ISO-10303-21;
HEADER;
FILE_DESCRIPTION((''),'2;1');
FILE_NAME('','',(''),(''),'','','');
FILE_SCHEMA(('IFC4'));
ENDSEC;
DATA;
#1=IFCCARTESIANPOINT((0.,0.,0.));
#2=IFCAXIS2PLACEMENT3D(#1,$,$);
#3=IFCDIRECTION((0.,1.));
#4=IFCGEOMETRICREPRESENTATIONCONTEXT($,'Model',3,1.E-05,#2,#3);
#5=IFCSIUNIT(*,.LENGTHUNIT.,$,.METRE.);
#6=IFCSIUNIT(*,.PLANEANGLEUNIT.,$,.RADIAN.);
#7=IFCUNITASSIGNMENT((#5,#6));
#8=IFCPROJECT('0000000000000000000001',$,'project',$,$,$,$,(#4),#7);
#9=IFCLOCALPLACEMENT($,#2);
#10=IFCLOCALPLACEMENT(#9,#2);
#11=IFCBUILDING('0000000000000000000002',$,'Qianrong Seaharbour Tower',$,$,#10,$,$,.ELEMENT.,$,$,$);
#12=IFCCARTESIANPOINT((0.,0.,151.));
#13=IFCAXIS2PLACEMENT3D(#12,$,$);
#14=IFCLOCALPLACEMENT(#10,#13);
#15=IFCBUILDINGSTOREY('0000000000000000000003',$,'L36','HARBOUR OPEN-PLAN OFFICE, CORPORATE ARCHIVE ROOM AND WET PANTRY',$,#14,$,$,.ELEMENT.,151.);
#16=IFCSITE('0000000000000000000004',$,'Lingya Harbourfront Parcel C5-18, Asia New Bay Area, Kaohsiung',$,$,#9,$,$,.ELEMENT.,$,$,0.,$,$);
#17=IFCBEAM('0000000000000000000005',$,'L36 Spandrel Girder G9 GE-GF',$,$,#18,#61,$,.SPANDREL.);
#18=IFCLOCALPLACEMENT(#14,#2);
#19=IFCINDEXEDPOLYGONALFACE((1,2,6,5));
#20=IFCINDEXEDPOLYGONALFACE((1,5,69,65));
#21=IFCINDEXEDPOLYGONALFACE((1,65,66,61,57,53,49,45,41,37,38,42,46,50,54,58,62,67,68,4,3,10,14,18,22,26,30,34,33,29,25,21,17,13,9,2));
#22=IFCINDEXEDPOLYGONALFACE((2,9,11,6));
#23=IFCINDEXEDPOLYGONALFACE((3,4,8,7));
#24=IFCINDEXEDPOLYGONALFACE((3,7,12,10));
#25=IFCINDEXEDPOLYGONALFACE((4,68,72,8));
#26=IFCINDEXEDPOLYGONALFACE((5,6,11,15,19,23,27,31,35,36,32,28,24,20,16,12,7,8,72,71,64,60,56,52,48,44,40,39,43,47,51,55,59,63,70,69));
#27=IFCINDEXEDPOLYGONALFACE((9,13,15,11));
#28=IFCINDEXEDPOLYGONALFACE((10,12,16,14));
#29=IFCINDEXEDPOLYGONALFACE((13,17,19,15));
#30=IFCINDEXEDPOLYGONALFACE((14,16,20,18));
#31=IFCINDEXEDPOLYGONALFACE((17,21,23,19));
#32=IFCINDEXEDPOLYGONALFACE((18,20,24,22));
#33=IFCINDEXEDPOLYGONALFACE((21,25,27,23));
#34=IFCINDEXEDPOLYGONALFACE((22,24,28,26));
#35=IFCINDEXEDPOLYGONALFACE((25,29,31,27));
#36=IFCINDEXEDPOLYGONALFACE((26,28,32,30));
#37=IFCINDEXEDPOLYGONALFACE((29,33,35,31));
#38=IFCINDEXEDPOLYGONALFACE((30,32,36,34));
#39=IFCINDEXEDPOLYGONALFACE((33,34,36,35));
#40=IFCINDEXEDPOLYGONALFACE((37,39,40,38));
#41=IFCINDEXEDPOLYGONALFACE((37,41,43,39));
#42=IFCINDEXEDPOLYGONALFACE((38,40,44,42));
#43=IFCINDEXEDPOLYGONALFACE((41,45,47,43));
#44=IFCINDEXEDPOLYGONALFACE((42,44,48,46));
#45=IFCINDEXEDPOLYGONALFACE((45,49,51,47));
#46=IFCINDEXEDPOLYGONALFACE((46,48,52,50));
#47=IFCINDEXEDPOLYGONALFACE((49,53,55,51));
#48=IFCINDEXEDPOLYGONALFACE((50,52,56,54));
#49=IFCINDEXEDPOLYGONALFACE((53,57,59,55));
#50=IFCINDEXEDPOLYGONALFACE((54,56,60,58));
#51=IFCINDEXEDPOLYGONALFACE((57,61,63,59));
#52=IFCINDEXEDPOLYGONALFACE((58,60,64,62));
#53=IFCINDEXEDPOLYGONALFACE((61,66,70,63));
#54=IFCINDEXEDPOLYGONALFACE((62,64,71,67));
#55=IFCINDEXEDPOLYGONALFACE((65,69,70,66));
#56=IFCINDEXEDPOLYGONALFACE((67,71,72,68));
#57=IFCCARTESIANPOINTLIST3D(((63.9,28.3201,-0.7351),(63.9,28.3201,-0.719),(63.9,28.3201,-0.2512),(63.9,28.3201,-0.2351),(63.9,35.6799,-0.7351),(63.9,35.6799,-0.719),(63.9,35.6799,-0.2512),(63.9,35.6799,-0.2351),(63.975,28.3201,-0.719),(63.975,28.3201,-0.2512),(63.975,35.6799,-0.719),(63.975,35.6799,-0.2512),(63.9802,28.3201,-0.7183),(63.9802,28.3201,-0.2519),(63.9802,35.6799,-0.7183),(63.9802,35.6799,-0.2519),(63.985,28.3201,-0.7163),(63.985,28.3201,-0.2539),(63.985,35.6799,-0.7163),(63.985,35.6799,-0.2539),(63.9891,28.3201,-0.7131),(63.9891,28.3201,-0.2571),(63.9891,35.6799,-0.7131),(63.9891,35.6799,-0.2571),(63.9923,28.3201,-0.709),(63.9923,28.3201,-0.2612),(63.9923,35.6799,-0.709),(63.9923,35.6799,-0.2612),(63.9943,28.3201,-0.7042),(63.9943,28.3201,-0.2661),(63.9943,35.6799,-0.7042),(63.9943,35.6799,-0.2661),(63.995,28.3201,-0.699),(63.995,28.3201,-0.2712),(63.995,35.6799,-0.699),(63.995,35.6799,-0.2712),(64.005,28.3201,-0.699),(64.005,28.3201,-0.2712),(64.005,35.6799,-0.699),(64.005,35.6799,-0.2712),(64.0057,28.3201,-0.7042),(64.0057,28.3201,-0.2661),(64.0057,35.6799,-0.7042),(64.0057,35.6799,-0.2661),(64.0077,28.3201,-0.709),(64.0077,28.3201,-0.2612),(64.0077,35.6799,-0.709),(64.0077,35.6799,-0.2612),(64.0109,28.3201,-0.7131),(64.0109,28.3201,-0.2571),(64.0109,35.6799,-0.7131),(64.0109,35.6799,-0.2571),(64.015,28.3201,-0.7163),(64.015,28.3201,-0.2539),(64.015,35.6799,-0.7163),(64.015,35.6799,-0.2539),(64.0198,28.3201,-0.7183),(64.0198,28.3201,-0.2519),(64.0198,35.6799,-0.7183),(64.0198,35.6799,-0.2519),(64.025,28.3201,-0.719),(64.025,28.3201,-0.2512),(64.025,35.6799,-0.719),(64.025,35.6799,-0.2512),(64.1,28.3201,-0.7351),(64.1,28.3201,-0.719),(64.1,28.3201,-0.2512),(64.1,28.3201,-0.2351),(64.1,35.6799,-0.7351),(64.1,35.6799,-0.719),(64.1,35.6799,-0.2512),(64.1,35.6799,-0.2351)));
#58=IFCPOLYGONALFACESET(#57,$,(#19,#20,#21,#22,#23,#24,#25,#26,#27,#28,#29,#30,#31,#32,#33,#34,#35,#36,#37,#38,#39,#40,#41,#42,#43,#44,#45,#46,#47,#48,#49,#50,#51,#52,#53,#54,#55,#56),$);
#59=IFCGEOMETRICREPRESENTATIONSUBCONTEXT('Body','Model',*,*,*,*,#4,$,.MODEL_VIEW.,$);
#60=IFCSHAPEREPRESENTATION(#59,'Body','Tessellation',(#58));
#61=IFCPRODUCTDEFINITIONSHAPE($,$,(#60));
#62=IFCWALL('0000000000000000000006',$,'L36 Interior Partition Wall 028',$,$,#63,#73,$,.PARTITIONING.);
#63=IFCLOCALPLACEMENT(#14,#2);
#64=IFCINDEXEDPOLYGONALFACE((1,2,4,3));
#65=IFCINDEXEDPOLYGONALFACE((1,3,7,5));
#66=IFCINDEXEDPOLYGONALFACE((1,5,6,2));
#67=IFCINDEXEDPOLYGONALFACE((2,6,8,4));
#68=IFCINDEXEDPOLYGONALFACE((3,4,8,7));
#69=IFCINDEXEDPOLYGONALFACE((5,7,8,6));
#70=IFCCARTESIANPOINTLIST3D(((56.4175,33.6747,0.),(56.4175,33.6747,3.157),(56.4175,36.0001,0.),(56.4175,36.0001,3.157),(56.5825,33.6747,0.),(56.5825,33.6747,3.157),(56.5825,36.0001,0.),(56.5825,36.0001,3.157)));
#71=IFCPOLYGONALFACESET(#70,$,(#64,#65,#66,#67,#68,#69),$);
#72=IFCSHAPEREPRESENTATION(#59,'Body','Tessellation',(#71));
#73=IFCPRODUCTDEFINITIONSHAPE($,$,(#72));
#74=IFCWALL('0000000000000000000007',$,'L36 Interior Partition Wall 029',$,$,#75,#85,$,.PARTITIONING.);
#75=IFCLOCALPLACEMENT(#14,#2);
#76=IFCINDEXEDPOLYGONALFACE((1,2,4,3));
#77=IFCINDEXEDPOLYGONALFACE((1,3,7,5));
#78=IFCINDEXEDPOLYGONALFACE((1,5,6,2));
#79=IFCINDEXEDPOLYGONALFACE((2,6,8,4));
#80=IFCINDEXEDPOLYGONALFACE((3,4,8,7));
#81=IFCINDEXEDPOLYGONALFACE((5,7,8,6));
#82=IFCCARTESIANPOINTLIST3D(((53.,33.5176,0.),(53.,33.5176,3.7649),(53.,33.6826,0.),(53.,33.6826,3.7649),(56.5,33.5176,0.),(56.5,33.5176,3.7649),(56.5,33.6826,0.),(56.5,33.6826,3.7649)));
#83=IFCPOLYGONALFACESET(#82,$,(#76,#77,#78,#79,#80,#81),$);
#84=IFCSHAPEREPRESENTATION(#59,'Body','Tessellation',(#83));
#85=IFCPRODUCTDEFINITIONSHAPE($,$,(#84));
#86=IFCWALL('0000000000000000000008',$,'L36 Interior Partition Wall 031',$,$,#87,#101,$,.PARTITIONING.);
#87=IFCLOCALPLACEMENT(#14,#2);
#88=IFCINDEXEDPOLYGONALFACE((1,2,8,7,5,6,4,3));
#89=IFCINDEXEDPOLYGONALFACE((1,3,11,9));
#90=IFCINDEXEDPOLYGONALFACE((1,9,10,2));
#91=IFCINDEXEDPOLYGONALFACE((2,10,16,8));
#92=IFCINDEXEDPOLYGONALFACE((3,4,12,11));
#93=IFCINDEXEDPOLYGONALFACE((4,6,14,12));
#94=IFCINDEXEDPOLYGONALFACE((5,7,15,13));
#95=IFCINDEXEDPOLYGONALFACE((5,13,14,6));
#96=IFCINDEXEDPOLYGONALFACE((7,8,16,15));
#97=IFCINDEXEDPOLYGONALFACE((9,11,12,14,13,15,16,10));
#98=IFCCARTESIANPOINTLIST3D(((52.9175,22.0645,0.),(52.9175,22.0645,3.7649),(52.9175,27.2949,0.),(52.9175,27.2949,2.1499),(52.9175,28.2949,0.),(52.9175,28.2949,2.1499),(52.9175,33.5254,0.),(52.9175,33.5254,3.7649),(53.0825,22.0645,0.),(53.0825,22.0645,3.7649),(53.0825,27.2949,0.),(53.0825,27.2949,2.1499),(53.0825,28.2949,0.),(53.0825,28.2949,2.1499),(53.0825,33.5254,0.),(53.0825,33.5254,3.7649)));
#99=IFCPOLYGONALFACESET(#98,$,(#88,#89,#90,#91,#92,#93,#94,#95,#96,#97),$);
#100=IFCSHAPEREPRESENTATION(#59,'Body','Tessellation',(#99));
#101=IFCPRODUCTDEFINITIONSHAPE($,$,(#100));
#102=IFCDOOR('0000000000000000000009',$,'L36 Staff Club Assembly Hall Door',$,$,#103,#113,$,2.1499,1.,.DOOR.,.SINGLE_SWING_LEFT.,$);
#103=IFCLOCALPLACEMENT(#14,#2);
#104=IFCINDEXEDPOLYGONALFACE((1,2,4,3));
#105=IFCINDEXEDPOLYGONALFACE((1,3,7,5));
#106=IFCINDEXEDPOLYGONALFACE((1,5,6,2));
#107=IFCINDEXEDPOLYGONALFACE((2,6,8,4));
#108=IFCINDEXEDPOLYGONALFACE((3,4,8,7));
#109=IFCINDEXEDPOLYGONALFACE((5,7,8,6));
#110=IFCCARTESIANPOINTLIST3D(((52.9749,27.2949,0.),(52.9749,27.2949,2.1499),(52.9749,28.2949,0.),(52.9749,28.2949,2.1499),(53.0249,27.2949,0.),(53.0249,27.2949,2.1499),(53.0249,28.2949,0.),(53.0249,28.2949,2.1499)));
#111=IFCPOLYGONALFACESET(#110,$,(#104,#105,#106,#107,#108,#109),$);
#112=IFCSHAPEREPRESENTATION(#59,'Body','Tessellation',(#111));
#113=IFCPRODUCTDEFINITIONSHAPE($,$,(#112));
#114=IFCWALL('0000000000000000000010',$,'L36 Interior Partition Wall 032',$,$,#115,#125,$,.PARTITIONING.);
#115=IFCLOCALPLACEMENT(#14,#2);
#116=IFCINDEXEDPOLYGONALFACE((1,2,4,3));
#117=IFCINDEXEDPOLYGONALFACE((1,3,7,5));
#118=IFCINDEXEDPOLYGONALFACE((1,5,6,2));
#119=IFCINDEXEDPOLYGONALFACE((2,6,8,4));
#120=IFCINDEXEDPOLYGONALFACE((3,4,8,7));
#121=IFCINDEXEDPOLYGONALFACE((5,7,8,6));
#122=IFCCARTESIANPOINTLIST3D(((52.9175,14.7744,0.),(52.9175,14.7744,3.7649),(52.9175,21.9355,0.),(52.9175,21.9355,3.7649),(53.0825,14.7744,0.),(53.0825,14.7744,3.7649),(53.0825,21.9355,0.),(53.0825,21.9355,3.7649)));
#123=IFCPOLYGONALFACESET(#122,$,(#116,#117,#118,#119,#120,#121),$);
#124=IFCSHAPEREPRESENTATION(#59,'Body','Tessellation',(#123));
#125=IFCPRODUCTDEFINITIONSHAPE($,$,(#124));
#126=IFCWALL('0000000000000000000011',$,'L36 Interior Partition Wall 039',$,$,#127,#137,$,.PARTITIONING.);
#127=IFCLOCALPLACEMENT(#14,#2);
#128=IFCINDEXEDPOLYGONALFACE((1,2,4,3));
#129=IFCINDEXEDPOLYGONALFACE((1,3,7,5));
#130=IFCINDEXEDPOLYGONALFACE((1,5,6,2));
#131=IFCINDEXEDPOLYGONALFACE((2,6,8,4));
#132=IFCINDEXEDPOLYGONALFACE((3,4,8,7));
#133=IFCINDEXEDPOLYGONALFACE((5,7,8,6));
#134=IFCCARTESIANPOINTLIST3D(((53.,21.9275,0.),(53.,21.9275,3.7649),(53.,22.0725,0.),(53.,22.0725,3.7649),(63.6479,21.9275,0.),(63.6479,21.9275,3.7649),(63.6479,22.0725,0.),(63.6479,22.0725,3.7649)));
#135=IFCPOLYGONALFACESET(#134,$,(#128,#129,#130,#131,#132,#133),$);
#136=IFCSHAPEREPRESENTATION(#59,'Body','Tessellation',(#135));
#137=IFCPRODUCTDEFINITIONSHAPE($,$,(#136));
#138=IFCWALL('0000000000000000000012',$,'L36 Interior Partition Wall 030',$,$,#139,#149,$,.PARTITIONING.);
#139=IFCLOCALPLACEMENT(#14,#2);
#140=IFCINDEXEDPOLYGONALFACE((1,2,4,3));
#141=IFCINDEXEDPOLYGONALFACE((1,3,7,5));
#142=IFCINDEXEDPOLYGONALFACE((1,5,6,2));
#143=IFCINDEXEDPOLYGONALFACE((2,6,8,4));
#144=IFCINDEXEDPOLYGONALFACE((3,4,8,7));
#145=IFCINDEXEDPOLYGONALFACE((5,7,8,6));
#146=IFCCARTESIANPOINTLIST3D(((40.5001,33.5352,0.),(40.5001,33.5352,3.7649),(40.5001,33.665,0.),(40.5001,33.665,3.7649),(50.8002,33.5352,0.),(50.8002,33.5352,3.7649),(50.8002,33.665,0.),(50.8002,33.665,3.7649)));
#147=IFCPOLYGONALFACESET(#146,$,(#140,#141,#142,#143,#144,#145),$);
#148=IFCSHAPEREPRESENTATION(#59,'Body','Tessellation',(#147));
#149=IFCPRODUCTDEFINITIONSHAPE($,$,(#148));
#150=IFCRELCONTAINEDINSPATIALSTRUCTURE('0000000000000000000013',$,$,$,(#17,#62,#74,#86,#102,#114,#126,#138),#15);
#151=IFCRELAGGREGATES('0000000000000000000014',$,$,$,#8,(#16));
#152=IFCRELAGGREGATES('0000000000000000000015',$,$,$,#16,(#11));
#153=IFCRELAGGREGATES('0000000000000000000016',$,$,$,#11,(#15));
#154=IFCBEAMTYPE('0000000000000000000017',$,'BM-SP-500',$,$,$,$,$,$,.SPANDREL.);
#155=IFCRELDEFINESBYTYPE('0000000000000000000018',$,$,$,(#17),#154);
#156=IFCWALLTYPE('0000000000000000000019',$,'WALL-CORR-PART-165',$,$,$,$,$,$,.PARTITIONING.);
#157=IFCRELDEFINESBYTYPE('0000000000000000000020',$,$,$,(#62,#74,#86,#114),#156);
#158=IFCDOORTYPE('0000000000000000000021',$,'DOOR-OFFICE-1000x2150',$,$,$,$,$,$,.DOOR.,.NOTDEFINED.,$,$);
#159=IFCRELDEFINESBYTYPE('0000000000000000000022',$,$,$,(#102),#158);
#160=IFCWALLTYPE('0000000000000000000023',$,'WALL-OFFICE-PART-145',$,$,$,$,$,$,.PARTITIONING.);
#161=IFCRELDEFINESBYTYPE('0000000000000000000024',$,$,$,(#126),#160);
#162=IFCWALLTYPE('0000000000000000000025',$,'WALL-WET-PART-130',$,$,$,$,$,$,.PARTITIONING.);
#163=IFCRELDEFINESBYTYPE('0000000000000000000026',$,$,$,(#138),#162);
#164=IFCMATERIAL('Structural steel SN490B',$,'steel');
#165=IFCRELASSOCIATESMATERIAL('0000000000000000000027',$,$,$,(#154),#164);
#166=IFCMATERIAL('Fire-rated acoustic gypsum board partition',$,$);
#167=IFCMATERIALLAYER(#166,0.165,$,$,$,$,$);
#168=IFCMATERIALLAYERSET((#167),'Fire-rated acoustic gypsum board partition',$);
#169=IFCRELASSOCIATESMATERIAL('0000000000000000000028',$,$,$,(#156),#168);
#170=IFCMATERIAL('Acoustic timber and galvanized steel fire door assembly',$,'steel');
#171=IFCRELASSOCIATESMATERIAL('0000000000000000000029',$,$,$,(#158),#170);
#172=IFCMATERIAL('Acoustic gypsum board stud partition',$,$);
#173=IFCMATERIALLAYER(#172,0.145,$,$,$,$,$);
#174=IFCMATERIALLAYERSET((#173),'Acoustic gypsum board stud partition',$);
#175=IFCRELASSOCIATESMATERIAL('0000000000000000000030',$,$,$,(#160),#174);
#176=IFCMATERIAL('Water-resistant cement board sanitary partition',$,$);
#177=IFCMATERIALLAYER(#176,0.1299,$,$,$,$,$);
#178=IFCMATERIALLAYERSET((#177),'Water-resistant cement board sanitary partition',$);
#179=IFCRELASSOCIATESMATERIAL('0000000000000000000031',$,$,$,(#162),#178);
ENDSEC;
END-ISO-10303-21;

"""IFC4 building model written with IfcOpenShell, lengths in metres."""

from ifc_helpers import new_model, si_unit, direction, frame, frame_2d, origin, origin_2d, place, context, subcontext, project, spatial, rectangle, i_section, extrude, material, layer, layer_set, material_profile, profile_set, type_object, element, fill, save


model = new_model("IFC4")

# Units and contexts
model_context = context("Model", 3, precision=1e-05, world=origin(), true_north=direction((0.0, 1.0)))
body_context = subcontext(model_context, "Body", "Model", "MODEL_VIEW")
ifc_project = project(units=[si_unit("LENGTHUNIT", "METRE"), si_unit("PLANEANGLEUNIT", "RADIAN")], contexts=[model_context])

# Site, building, storey
site_placement = place(None, origin())
site = spatial("IfcSite", under=ifc_project, at=site_placement, Name="Lingya Harbourfront Parcel C5-18, Asia New Bay Area, Kaohsiung", CompositionType="ELEMENT", RefElevation=0.0)
building_placement = place(site_placement, origin())
building = spatial("IfcBuilding", under=site, at=building_placement, Name="Qianrong Seaharbour Tower", CompositionType="ELEMENT")
storey_placement = place(building_placement, frame((0.0, 0.0, 151.0)))
storey = spatial("IfcBuildingStorey", under=building, at=storey_placement, Name="L36", Description="HARBOUR OPEN-PLAN OFFICE, CORPORATE ARCHIVE ROOM AND WET PANTRY", CompositionType="ELEMENT", Elevation=151.0)

# Shared definitions
ifc_material_1 = material(Name="Structural steel SN490B", Category="steel")

# Beam
ifc_material_profile_1 = material_profile(ifc_material_1, i_section(OverallWidth=0.2, OverallDepth=0.5, WebThickness=0.01, FlangeThickness=0.0161, FilletRadius=0.02, at=origin_2d()), Name="H500x200x10x16")
ifc_profile_set_1 = profile_set([ifc_material_profile_1], Name="Structural steel SN490B")
beam_type_1 = type_object("IfcBeamType", Name="BM-SP-500", PredefinedType="SPANDREL", material=ifc_profile_set_1)
beam_1_placement = place(storey_placement, frame((64.0, 28.3201, -0.4851), z_axis=(0.0, 1.0, 0.0), x_axis=(-1.0, 0.0, 0.0)))
element("IfcBeam", 1, at=beam_1_placement, inside=storey, type_object=beam_type_1, Name="L36 Spandrel Girder G9 GE-GF", PredefinedType="SPANDREL", context=body_context, shape_type="SweptSolid", body=[
    extrude(i_section(OverallWidth=0.2, OverallDepth=0.5, WebThickness=0.01, FlangeThickness=0.0161, FilletRadius=0.02, at=origin_2d()), origin(), (0.0, 0.0, 1.0), 7.3599),
])

# Walls
ifc_material_2 = material(Name="Fire-rated acoustic gypsum board partition")
ifc_layer_1 = layer(ifc_material_2, 0.165)
ifc_layer_set_1 = layer_set([ifc_layer_1], Name="Fire-rated acoustic gypsum board partition")
wall_type_1 = type_object("IfcWallType", Name="WALL-CORR-PART-165", PredefinedType="PARTITIONING", material=ifc_layer_set_1)
wall_1_placement = place(storey_placement, frame((56.5, 36.0, 0.0), z_axis=(0.0, 0.0, 1.0), x_axis=(0.0, -1.0, 0.0)))
element("IfcWall", 2, at=wall_1_placement, inside=storey, type_object=wall_type_1, Name="L36 Interior Partition Wall 028", PredefinedType="PARTITIONING", context=body_context, shape_type="SweptSolid", body=[
    extrude(rectangle(XDim=2.3254, YDim=0.165, at=frame_2d((1.1626, 0.0))), origin(), (0.0, 0.0, 1.0), 3.157),
])
wall_2_placement = place(storey_placement, frame((56.5, 33.6001, 0.0), z_axis=(0.0, 0.0, 1.0), x_axis=(-1.0, 0.0, 0.0)))
element("IfcWall", 3, at=wall_2_placement, inside=storey, type_object=wall_type_1, Name="L36 Interior Partition Wall 029", PredefinedType="PARTITIONING", context=body_context, shape_type="SweptSolid", body=[
    extrude(rectangle(XDim=3.5, YDim=0.165, at=frame_2d((1.75, 0.0))), origin(), (0.0, 0.0, 1.0), 3.7649),
])

# Wall, opening, door
wall_3_placement = place(storey_placement, frame((53.0, 33.5254, 0.0), z_axis=(0.0, 0.0, 1.0), x_axis=(0.0, -1.0, 0.0)))
wall_3 = element("IfcWall", 4, at=wall_3_placement, inside=storey, type_object=wall_type_1, Name="L36 Interior Partition Wall 031", PredefinedType="PARTITIONING", context=body_context, shape_type="SweptSolid", body=[
    extrude(rectangle(XDim=11.4609, YDim=0.165, at=frame_2d((5.7305, 0.0))), origin(), (0.0, 0.0, 1.0), 3.7649),
])
opening_placement = place(wall_3_placement, frame((5.2305, 0.0, 0.0)))
opening = element("IfcOpeningElement", 5, at=opening_placement, cuts=wall_3, PredefinedType="OPENING", context=body_context, shape_type="SweptSolid", body=[
    extrude(rectangle(XDim=1.0, YDim=2.1499, at=frame_2d((0.5, 1.075))), frame((0.0, 0.0925, 0.0), z_axis=(0.0, -1.0, 0.0), x_axis=(1.0, 0.0, 0.0)), (0.0, 0.0, 1.0), 0.1851),
])
ifc_material_3 = material(Name="Acoustic timber and galvanized steel fire door assembly", Category="steel")
door_type = type_object("IfcDoorType", Name="DOOR-OFFICE-1000x2150", OperationType="NOTDEFINED", PredefinedType="DOOR", material=ifc_material_3)
door_placement = place(opening_placement, origin())
door = element("IfcDoor", 6, at=door_placement, inside=storey, type_object=door_type, Name="L36 Staff Club Assembly Hall Door", OperationType="SINGLE_SWING_LEFT", OverallHeight=2.1499, OverallWidth=1.0, PredefinedType="DOOR", context=body_context, shape_type="SweptSolid", body=[
    extrude(rectangle(XDim=1.0, YDim=2.1499, at=frame_2d((0.5, 1.075))), frame((0.0, 0.0249, 0.0), z_axis=(0.0, -1.0, 0.0), x_axis=(1.0, 0.0, 0.0)), (0.0, 0.0, 1.0), 0.05),
])
fill(opening, door)

# Walls
wall_4_placement = place(storey_placement, frame((53.0, 21.9355, 0.0), z_axis=(0.0, 0.0, 1.0), x_axis=(0.0, -1.0, 0.0)))
element("IfcWall", 7, at=wall_4_placement, inside=storey, type_object=wall_type_1, Name="L36 Interior Partition Wall 032", PredefinedType="PARTITIONING", context=body_context, shape_type="SweptSolid", body=[
    extrude(rectangle(XDim=7.1611, YDim=0.165, at=frame_2d((3.5806, 0.0))), origin(), (0.0, 0.0, 1.0), 3.7649),
])
ifc_material_4 = material(Name="Acoustic gypsum board stud partition")
ifc_layer_2 = layer(ifc_material_4, 0.145)
ifc_layer_set_2 = layer_set([ifc_layer_2], Name="Acoustic gypsum board stud partition")
wall_type_2 = type_object("IfcWallType", Name="WALL-OFFICE-PART-145", PredefinedType="PARTITIONING", material=ifc_layer_set_2)
wall_5_placement = place(storey_placement, frame((63.6479, 22.0, 0.0), z_axis=(0.0, 0.0, 1.0), x_axis=(-1.0, 0.0, 0.0)))
element("IfcWall", 8, at=wall_5_placement, inside=storey, type_object=wall_type_2, Name="L36 Interior Partition Wall 039", PredefinedType="PARTITIONING", context=body_context, shape_type="SweptSolid", body=[
    extrude(rectangle(XDim=10.6479, YDim=0.145, at=frame_2d((5.324, 0.0))), origin(), (0.0, 0.0, 1.0), 3.7649),
])
ifc_material_5 = material(Name="Water-resistant cement board sanitary partition")
ifc_layer_3 = layer(ifc_material_5, 0.1299)
ifc_layer_set_3 = layer_set([ifc_layer_3], Name="Water-resistant cement board sanitary partition")
wall_type_3 = type_object("IfcWallType", Name="WALL-WET-PART-130", PredefinedType="PARTITIONING", material=ifc_layer_set_3)
wall_6_placement = place(storey_placement, frame((50.8, 33.6001, 0.0), z_axis=(0.0, 0.0, 1.0), x_axis=(-1.0, 0.0, 0.0)))
element("IfcWall", 9, at=wall_6_placement, inside=storey, type_object=wall_type_3, Name="L36 Interior Partition Wall 030", PredefinedType="PARTITIONING", context=body_context, shape_type="SweptSolid", body=[
    extrude(rectangle(XDim=10.3, YDim=0.1299, at=frame_2d((5.1499, 0.0))), origin(), (0.0, 0.0, 1.0), 3.7649),
])

save(model, "model.ifc")
